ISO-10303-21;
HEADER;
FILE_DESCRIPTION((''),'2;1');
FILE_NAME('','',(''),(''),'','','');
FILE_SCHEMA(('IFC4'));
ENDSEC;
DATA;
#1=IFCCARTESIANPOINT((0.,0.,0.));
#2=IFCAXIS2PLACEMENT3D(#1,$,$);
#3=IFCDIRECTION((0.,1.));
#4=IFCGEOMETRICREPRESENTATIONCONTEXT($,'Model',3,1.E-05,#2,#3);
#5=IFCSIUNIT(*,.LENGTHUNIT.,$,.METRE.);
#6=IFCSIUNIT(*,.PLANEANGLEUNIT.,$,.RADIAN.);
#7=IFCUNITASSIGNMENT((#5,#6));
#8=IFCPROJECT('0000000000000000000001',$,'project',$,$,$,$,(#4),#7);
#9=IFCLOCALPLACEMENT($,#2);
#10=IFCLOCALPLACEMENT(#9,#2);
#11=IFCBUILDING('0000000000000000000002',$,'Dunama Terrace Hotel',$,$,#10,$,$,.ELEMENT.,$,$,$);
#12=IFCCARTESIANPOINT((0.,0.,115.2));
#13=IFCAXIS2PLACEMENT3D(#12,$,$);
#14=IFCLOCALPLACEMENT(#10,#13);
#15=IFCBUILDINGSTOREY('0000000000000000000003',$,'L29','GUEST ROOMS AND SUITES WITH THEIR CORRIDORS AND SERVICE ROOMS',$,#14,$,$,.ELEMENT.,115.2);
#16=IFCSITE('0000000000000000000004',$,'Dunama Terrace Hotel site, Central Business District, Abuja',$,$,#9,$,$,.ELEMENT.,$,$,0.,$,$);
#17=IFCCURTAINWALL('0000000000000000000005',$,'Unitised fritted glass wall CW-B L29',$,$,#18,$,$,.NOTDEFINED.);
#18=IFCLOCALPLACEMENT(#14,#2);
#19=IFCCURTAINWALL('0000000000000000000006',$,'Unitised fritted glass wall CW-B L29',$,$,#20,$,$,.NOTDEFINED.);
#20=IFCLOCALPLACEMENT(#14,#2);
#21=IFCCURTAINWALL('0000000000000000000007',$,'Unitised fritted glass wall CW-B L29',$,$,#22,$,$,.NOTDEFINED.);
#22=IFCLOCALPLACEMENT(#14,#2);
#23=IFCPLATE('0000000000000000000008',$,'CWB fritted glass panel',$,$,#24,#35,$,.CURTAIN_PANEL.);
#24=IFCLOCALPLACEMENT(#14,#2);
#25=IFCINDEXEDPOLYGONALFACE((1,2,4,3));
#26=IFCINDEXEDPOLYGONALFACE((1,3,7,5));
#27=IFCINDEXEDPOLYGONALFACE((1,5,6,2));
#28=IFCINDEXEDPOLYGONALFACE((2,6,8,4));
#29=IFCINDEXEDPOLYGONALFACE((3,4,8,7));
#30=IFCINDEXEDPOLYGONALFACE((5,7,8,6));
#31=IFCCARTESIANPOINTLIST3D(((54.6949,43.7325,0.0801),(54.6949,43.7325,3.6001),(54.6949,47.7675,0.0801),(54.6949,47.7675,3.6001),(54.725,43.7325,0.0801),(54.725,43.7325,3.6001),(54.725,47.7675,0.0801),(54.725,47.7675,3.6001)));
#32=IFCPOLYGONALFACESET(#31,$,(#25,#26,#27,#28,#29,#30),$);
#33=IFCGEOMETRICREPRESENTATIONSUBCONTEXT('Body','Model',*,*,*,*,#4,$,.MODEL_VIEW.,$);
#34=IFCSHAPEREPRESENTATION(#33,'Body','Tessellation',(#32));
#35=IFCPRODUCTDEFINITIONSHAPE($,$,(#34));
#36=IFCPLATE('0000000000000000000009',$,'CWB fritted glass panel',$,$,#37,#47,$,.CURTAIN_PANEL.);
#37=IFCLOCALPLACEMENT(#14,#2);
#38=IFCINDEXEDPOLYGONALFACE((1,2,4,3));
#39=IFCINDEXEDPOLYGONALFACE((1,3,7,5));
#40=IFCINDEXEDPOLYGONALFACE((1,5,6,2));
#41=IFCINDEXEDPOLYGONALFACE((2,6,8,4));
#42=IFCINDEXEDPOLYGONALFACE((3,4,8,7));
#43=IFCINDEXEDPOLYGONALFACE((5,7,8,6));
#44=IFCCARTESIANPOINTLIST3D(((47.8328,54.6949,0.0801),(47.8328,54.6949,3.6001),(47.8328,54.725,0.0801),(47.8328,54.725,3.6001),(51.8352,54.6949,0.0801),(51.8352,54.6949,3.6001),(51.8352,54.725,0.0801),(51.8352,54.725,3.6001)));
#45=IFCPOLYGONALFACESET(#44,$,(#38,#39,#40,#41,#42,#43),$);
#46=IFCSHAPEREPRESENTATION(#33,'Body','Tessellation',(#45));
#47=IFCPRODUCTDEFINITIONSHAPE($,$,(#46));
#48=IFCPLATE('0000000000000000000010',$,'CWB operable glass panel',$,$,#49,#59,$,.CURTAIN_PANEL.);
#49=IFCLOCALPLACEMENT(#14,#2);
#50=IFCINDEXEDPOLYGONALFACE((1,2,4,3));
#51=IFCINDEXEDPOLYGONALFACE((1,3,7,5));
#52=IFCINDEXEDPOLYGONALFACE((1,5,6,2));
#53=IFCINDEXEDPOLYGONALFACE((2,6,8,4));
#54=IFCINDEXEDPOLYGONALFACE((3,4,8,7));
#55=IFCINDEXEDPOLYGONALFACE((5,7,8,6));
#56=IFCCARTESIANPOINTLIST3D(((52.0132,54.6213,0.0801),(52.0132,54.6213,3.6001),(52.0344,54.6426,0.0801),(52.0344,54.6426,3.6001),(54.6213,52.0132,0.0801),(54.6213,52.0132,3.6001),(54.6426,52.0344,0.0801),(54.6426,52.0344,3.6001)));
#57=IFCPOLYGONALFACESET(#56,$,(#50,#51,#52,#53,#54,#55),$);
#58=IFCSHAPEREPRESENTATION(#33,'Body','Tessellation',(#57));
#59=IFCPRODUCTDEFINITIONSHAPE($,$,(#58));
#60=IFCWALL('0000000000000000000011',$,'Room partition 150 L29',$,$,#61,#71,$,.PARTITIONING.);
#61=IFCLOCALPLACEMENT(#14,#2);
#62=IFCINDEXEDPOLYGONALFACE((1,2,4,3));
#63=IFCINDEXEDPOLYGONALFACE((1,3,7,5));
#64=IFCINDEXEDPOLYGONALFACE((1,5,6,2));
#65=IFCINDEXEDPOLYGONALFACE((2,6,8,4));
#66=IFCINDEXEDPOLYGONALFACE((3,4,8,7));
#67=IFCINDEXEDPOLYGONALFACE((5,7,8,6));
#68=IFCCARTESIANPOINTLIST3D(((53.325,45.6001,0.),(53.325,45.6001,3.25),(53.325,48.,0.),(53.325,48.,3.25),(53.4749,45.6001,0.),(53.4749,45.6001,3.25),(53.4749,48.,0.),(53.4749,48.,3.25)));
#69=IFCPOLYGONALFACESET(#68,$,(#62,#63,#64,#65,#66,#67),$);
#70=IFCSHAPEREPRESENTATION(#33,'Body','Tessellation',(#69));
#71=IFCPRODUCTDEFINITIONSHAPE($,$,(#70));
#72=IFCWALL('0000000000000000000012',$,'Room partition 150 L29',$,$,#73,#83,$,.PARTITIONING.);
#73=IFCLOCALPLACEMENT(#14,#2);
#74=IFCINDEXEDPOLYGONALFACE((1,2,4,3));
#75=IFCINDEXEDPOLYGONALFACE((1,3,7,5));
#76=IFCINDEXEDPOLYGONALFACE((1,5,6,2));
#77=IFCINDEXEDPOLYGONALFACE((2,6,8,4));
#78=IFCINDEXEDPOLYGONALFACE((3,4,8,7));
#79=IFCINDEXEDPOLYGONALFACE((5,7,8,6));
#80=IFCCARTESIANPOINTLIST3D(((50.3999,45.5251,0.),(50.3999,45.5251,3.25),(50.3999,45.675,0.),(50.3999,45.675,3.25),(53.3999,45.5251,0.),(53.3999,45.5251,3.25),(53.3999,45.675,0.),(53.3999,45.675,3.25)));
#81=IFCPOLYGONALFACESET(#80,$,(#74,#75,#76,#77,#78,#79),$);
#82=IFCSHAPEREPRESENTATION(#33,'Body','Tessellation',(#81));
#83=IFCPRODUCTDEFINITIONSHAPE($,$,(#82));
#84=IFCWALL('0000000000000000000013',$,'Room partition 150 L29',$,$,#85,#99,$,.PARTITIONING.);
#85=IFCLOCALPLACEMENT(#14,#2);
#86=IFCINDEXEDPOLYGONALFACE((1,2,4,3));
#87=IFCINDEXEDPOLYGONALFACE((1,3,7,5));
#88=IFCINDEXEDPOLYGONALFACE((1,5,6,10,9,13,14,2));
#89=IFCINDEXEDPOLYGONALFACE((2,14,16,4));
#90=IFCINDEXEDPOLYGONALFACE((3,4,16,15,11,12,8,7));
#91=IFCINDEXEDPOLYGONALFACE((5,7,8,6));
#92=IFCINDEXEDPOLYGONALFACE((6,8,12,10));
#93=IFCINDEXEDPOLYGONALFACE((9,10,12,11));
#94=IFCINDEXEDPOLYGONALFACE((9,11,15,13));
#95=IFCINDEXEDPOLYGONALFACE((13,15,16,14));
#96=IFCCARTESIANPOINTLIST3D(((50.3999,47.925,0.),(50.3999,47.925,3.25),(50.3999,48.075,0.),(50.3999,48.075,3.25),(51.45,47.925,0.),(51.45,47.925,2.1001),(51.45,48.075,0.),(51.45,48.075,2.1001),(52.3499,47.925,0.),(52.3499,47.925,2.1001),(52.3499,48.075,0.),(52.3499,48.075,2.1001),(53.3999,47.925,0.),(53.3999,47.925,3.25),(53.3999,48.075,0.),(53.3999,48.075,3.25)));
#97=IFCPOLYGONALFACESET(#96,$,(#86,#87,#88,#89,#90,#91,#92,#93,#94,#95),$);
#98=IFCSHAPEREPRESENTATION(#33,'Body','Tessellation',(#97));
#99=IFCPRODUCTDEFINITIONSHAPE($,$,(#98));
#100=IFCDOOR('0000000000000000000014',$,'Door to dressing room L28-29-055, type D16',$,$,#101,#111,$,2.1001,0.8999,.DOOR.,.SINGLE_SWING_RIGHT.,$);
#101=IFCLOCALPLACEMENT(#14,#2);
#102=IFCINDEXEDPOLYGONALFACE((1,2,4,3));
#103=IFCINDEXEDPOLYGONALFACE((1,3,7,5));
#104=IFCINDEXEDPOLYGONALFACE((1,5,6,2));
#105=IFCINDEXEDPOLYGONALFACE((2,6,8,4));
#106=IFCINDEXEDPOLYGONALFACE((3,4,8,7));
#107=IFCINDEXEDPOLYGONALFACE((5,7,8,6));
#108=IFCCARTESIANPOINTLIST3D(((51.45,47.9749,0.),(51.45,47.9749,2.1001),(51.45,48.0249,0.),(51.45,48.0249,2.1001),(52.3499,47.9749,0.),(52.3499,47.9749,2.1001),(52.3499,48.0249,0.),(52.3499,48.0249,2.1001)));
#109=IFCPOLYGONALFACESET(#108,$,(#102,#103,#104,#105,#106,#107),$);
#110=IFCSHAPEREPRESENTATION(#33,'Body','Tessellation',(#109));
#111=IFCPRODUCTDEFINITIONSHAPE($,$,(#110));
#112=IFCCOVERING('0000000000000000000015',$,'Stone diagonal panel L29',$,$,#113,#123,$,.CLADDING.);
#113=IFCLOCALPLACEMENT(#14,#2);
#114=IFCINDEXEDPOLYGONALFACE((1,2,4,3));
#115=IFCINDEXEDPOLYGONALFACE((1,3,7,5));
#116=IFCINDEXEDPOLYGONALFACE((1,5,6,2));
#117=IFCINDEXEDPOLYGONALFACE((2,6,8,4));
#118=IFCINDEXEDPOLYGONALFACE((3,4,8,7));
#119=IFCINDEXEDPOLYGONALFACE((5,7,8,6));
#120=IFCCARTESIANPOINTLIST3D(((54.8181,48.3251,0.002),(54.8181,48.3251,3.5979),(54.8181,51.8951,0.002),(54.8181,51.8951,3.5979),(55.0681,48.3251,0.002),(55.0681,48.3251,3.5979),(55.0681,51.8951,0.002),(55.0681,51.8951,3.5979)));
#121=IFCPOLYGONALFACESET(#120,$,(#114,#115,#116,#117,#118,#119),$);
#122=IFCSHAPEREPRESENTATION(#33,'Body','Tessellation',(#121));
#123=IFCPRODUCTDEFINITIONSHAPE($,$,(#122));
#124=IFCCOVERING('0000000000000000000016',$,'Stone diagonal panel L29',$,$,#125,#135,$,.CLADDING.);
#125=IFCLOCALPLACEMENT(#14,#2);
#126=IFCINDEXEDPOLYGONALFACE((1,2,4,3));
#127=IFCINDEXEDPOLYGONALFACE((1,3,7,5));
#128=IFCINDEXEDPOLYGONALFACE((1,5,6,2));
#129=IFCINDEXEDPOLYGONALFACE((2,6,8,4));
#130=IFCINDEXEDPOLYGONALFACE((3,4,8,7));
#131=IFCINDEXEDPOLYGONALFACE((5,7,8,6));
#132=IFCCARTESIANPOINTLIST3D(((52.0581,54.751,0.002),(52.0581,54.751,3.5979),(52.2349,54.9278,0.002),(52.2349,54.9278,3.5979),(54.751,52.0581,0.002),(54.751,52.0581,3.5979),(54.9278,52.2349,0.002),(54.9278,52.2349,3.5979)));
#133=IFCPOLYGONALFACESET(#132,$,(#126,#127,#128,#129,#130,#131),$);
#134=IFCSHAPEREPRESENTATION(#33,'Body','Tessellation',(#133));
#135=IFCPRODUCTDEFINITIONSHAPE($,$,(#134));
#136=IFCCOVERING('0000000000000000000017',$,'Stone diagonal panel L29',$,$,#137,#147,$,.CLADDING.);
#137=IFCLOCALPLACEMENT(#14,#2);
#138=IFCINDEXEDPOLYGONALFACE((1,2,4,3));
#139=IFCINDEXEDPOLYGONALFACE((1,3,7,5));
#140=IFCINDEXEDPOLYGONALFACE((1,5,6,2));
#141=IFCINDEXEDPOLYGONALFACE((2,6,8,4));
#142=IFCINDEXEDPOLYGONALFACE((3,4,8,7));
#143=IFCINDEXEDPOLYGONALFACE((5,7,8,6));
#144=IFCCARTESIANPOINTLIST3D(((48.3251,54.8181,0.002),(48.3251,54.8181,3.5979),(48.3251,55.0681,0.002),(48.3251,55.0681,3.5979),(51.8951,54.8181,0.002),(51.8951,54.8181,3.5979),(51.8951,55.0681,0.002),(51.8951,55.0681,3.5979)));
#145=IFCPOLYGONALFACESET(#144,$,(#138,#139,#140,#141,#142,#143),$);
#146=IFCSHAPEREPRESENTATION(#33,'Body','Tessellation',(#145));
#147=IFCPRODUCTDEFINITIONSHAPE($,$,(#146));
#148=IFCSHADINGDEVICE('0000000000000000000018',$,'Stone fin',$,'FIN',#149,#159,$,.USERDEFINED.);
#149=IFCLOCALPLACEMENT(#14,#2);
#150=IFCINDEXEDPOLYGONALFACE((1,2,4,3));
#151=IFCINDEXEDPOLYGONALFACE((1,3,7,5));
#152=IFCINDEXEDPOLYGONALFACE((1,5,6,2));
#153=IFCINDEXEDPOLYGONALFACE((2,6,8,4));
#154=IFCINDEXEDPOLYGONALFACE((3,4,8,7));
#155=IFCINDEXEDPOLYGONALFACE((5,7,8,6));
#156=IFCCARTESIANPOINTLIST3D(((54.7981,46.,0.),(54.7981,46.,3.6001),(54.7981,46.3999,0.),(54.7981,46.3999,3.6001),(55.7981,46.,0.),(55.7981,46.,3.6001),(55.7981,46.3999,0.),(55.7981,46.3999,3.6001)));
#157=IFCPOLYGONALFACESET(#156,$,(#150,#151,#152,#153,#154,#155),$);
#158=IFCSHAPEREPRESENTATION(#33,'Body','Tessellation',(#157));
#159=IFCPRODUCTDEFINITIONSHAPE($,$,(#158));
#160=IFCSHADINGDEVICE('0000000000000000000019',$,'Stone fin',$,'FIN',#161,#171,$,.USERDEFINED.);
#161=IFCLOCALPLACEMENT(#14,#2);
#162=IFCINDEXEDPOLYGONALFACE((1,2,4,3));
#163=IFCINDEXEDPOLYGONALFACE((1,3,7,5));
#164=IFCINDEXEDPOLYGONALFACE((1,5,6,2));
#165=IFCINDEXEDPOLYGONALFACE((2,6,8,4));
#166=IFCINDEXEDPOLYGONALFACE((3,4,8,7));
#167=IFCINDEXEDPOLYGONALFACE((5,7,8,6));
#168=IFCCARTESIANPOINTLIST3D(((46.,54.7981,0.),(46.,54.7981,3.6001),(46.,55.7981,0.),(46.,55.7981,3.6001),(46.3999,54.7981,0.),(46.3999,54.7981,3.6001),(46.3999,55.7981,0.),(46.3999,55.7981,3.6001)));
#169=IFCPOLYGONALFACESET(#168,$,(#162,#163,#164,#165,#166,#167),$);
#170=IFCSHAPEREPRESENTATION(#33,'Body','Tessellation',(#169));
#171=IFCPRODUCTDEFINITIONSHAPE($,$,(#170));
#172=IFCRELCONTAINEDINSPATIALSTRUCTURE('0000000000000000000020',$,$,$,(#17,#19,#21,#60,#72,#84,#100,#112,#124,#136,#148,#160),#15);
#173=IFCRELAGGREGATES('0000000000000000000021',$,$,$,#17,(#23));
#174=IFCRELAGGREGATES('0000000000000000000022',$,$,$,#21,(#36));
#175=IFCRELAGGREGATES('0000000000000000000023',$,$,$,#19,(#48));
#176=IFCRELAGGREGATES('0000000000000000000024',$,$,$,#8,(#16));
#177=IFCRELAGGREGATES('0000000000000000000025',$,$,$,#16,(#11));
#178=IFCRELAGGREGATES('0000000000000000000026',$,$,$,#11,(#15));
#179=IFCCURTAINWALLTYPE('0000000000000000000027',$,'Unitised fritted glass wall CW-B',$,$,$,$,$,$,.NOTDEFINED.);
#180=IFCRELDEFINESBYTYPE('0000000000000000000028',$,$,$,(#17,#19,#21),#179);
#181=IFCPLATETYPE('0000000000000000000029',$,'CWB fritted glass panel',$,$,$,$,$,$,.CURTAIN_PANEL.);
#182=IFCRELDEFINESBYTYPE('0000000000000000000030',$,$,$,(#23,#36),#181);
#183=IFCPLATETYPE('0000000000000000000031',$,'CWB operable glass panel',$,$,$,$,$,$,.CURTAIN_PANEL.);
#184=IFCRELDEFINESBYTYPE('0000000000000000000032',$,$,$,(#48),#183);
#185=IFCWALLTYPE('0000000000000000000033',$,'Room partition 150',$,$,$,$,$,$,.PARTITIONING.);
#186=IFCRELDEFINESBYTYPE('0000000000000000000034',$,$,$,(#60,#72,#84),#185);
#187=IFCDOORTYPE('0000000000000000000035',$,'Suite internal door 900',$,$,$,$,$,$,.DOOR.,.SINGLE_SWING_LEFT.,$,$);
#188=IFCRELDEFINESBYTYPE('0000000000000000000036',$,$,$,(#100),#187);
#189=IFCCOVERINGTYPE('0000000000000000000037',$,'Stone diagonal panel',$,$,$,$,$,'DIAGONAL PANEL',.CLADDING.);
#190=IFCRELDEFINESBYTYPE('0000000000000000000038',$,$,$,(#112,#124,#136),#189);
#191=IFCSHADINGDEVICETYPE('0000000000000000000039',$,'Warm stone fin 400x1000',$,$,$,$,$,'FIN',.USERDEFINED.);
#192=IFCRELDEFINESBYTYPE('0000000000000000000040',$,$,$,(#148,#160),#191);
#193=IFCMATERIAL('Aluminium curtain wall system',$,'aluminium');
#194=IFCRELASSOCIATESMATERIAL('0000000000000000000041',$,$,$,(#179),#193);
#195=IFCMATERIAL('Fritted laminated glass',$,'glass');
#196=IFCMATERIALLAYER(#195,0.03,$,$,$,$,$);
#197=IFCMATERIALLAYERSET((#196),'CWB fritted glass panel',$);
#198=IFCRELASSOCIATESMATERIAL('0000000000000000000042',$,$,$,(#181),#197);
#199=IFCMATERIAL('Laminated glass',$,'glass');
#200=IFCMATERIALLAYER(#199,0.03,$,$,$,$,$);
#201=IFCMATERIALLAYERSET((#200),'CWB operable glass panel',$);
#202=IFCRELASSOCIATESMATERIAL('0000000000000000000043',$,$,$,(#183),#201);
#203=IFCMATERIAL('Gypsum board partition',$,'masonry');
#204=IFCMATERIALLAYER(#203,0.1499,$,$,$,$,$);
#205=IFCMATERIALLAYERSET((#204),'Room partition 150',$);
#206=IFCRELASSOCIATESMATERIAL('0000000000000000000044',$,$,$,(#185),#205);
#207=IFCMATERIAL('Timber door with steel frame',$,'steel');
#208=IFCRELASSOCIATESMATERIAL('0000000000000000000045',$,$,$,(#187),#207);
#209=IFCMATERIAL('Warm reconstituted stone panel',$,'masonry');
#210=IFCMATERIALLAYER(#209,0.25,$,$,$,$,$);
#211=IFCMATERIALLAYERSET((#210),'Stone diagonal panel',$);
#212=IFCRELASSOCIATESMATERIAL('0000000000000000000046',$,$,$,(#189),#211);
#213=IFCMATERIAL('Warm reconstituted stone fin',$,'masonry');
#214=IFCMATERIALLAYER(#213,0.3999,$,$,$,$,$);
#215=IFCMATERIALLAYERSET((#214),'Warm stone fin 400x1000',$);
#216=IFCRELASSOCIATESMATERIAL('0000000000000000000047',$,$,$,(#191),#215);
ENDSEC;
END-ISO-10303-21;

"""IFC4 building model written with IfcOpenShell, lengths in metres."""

from ifc_helpers import new_model, si_unit, direction, frame, frame_2d, origin, origin_2d, place, context, subcontext, project, spatial, rectangle, extrude, material, layer, layer_set, type_object, element, fill, aggregate, save


model = new_model("IFC4")

# Units and contexts
model_context = context("Model", 3, precision=1e-05, world=origin(), true_north=direction((0.0, 1.0)))
body_context = subcontext(model_context, "Body", "Model", "MODEL_VIEW")
ifc_project = project(units=[si_unit("LENGTHUNIT", "METRE"), si_unit("PLANEANGLEUNIT", "RADIAN")], contexts=[model_context])

# Site, building, storey
site_placement = place(None, origin())
site = spatial("IfcSite", under=ifc_project, at=site_placement, Name="Dunama Terrace Hotel site, Central Business District, Abuja", CompositionType="ELEMENT", RefElevation=0.0)
building_placement = place(site_placement, origin())
building = spatial("IfcBuilding", under=site, at=building_placement, Name="Dunama Terrace Hotel", CompositionType="ELEMENT")
storey_placement = place(building_placement, frame((0.0, 0.0, 115.2)))
storey = spatial("IfcBuildingStorey", under=building, at=storey_placement, Name="L29", Description="GUEST ROOMS AND SUITES WITH THEIR CORRIDORS AND SERVICE ROOMS", CompositionType="ELEMENT", Elevation=115.2)

# Curtain walls
ifc_material_1 = material(Name="Aluminium curtain wall system", Category="aluminium")
curtain_wall_type = type_object("IfcCurtainWallType", Name="Unitised fritted glass wall CW-B", PredefinedType="NOTDEFINED", material=ifc_material_1)
curtain_wall_1_placement = place(storey_placement, origin())
curtain_wall_1 = element("IfcCurtainWall", 1, at=curtain_wall_1_placement, inside=storey, type_object=curtain_wall_type, Name="Unitised fritted glass wall CW-B L29", PredefinedType="NOTDEFINED")
curtain_wall_2_placement = place(storey_placement, origin())
curtain_wall_2 = element("IfcCurtainWall", 2, at=curtain_wall_2_placement, inside=storey, type_object=curtain_wall_type, Name="Unitised fritted glass wall CW-B L29", PredefinedType="NOTDEFINED")
curtain_wall_3_placement = place(storey_placement, origin())
curtain_wall_3 = element("IfcCurtainWall", 3, at=curtain_wall_3_placement, inside=storey, type_object=curtain_wall_type, Name="Unitised fritted glass wall CW-B L29", PredefinedType="NOTDEFINED")

# Plates
ifc_material_2 = material(Name="Fritted laminated glass", Category="glass")
ifc_layer_1 = layer(ifc_material_2, 0.03)
ifc_layer_set_1 = layer_set([ifc_layer_1], Name="CWB fritted glass panel")
plate_type_1 = type_object("IfcPlateType", Name="CWB fritted glass panel", PredefinedType="CURTAIN_PANEL", material=ifc_layer_set_1)
plate_1_placement = place(storey_placement, frame((54.71, 45.75, 0.0801), z_axis=(0.0, 0.0, 1.0), x_axis=(0.0, 1.0, 0.0)))
plate_1 = element("IfcPlate", 4, at=plate_1_placement, type_object=plate_type_1, Name="CWB fritted glass panel", PredefinedType="CURTAIN_PANEL", context=body_context, shape_type="SweptSolid", body=[
    extrude(rectangle(XDim=4.0349, YDim=0.03, at=origin_2d()), origin(), (0.0, 0.0, 1.0), 3.52),
])
aggregate(curtain_wall_1, [plate_1])
plate_2_placement = place(storey_placement, frame((49.834, 54.71, 0.0801), z_axis=(0.0, 0.0, 1.0), x_axis=(-1.0, 0.0, 0.0)))
plate_2 = element("IfcPlate", 5, at=plate_2_placement, type_object=plate_type_1, Name="CWB fritted glass panel", PredefinedType="CURTAIN_PANEL", context=body_context, shape_type="SweptSolid", body=[
    extrude(rectangle(XDim=4.0024, YDim=0.03, at=origin_2d()), origin(), (0.0, 0.0, 1.0), 3.52),
])
aggregate(curtain_wall_3, [plate_2])
ifc_material_3 = material(Name="Laminated glass", Category="glass")
ifc_layer_2 = layer(ifc_material_3, 0.03)
ifc_layer_set_2 = layer_set([ifc_layer_2], Name="CWB operable glass panel")
plate_type_2 = type_object("IfcPlateType", Name="CWB operable glass panel", PredefinedType="CURTAIN_PANEL", material=ifc_layer_set_2)
plate_3_placement = place(storey_placement, frame((53.3279, 53.3279, 0.0801), z_axis=(0.0, 0.0, 1.0), x_axis=(-0.707107, 0.707107, 0.0)))
plate_3 = element("IfcPlate", 6, at=plate_3_placement, type_object=plate_type_2, Name="CWB operable glass panel", PredefinedType="CURTAIN_PANEL", context=body_context, shape_type="SweptSolid", body=[
    extrude(rectangle(XDim=3.6885, YDim=0.03, at=origin_2d()), origin(), (0.0, 0.0, 1.0), 3.52),
])
aggregate(curtain_wall_2, [plate_3])

# Walls
ifc_material_4 = material(Name="Gypsum board partition", Category="masonry")
ifc_layer_3 = layer(ifc_material_4, 0.1499)
ifc_layer_set_3 = layer_set([ifc_layer_3], Name="Room partition 150")
wall_type = type_object("IfcWallType", Name="Room partition 150", PredefinedType="PARTITIONING", material=ifc_layer_set_3)
wall_1_placement = place(storey_placement, frame((53.3999, 45.6001, 0.0), z_axis=(0.0, 0.0, 1.0), x_axis=(0.0, 1.0, 0.0)))
element("IfcWall", 7, at=wall_1_placement, inside=storey, type_object=wall_type, Name="Room partition 150 L29", PredefinedType="PARTITIONING", context=body_context, shape_type="SweptSolid", body=[
    extrude(rectangle(XDim=2.3999, YDim=0.1499, at=frame_2d((1.2, 0.0))), origin(), (0.0, 0.0, 1.0), 3.25),
])
wall_2_placement = place(storey_placement, frame((50.3999, 45.6001, 0.0), z_axis=(0.0, 0.0, 1.0), x_axis=(1.0, 0.0, 0.0)))
element("IfcWall", 8, at=wall_2_placement, inside=storey, type_object=wall_type, Name="Room partition 150 L29", PredefinedType="PARTITIONING", context=body_context, shape_type="SweptSolid", body=[
    extrude(rectangle(XDim=3.0, YDim=0.1499, at=frame_2d((1.5, 0.0))), origin(), (0.0, 0.0, 1.0), 3.25),
])

# Wall, opening, door
wall_3_placement = place(storey_placement, frame((50.3999, 48.0, 0.0), z_axis=(0.0, 0.0, 1.0), x_axis=(1.0, 0.0, 0.0)))
wall_3 = element("IfcWall", 9, at=wall_3_placement, inside=storey, type_object=wall_type, Name="Room partition 150 L29", PredefinedType="PARTITIONING", context=body_context, shape_type="SweptSolid", body=[
    extrude(rectangle(XDim=3.0, YDim=0.1499, at=frame_2d((1.5, 0.0))), origin(), (0.0, 0.0, 1.0), 3.25),
])
opening_placement = place(wall_3_placement, frame((1.05, 0.0, 0.0)))
opening = element("IfcOpeningElement", 10, at=opening_placement, cuts=wall_3, PredefinedType="OPENING", context=body_context, shape_type="SweptSolid", body=[
    extrude(rectangle(XDim=0.8999, YDim=2.1001, at=frame_2d((0.45, 1.05))), frame((0.0, 0.085, 0.0), z_axis=(0.0, -1.0, 0.0), x_axis=(1.0, 0.0, 0.0)), (0.0, 0.0, 1.0), 0.1699),
])
ifc_material_5 = material(Name="Timber door with steel frame", Category="steel")
door_type = type_object("IfcDoorType", Name="Suite internal door 900", OperationType="SINGLE_SWING_LEFT", PredefinedType="DOOR", material=ifc_material_5)
door_placement = place(opening_placement, frame((0.8999, 0.0, 0.0), z_axis=(0.0, 0.0, 1.0), x_axis=(-1.0, 0.0, 0.0)))
door = element("IfcDoor", 11, at=door_placement, inside=storey, type_object=door_type, Name="Door to dressing room L28-29-055, type D16", OperationType="SINGLE_SWING_RIGHT", OverallHeight=2.1001, OverallWidth=0.8999, PredefinedType="DOOR", context=body_context, shape_type="SweptSolid", body=[
    extrude(rectangle(XDim=0.8999, YDim=2.1001, at=frame_2d((0.45, 1.05))), frame((0.0, 0.0251, 0.0), z_axis=(0.0, -1.0, 0.0), x_axis=(1.0, 0.0, 0.0)), (0.0, 0.0, 1.0), 0.05),
])
fill(opening, door)

# Coverings
ifc_material_6 = material(Name="Warm reconstituted stone panel", Category="masonry")
ifc_layer_4 = layer(ifc_material_6, 0.25)
ifc_layer_set_4 = layer_set([ifc_layer_4], Name="Stone diagonal panel")
covering_type = type_object("IfcCoveringType", Name="Stone diagonal panel", ElementType="DIAGONAL PANEL", PredefinedType="CLADDING", material=ifc_layer_set_4)
covering_1_placement = place(storey_placement, frame((54.9431, 50.1101, 0.002), z_axis=(0.0, 0.0, 1.0), x_axis=(0.0, 1.0, 0.0)))
element("IfcCovering", 12, at=covering_1_placement, inside=storey, type_object=covering_type, Name="Stone diagonal panel L29", PredefinedType="CLADDING", context=body_context, shape_type="SweptSolid", body=[
    extrude(rectangle(XDim=3.5701, YDim=0.25, at=origin_2d()), origin(), (0.0, 0.0, 1.0), 3.5959),
])
covering_2_placement = place(storey_placement, frame((53.4929, 53.4929, 0.002), z_axis=(0.0, 0.0, 1.0), x_axis=(-0.707107, 0.707107, 0.0)))
element("IfcCovering", 13, at=covering_2_placement, inside=storey, type_object=covering_type, Name="Stone diagonal panel L29", PredefinedType="CLADDING", context=body_context, shape_type="SweptSolid", body=[
    extrude(rectangle(XDim=3.8083, YDim=0.25, at=origin_2d()), origin(), (0.0, 0.0, 1.0), 3.5959),
])
covering_3_placement = place(storey_placement, frame((50.1101, 54.9431, 0.002), z_axis=(0.0, 0.0, 1.0), x_axis=(-1.0, 0.0, 0.0)))
element("IfcCovering", 14, at=covering_3_placement, inside=storey, type_object=covering_type, Name="Stone diagonal panel L29", PredefinedType="CLADDING", context=body_context, shape_type="SweptSolid", body=[
    extrude(rectangle(XDim=3.5701, YDim=0.25, at=origin_2d()), origin(), (0.0, 0.0, 1.0), 3.5959),
])

# Shading devices
ifc_material_7 = material(Name="Warm reconstituted stone fin", Category="masonry")
ifc_layer_5 = layer(ifc_material_7, 0.3999)
ifc_layer_set_5 = layer_set([ifc_layer_5], Name="Warm stone fin 400x1000")
shading_device_type = type_object("IfcShadingDeviceType", Name="Warm stone fin 400x1000", ElementType="FIN", PredefinedType="USERDEFINED", material=ifc_layer_set_5)
for number, where, z_axis, x_axis, name in (
    (15, (55.2981, 46.2, 0.0), (0.0, 0.0, 1.0), (0.0, 1.0, 0.0), "Stone fin"),
    (16, (46.2, 55.2981, 0.0), (0.0, 0.0, 1.0), (-1.0, 0.0, 0.0), "Stone fin"),
):
    element("IfcShadingDevice", number, at=place(storey_placement, frame(where, z_axis=z_axis, x_axis=x_axis)), inside=storey, type_object=shading_device_type, Name=name, ObjectType="FIN", PredefinedType="USERDEFINED", context=body_context, shape_type="SweptSolid", body=[
        extrude(rectangle(XDim=0.3999, YDim=1.0, at=origin_2d()), origin(), (0.0, 0.0, 1.0), 3.6001),
    ])

save(model, "model.ifc")
